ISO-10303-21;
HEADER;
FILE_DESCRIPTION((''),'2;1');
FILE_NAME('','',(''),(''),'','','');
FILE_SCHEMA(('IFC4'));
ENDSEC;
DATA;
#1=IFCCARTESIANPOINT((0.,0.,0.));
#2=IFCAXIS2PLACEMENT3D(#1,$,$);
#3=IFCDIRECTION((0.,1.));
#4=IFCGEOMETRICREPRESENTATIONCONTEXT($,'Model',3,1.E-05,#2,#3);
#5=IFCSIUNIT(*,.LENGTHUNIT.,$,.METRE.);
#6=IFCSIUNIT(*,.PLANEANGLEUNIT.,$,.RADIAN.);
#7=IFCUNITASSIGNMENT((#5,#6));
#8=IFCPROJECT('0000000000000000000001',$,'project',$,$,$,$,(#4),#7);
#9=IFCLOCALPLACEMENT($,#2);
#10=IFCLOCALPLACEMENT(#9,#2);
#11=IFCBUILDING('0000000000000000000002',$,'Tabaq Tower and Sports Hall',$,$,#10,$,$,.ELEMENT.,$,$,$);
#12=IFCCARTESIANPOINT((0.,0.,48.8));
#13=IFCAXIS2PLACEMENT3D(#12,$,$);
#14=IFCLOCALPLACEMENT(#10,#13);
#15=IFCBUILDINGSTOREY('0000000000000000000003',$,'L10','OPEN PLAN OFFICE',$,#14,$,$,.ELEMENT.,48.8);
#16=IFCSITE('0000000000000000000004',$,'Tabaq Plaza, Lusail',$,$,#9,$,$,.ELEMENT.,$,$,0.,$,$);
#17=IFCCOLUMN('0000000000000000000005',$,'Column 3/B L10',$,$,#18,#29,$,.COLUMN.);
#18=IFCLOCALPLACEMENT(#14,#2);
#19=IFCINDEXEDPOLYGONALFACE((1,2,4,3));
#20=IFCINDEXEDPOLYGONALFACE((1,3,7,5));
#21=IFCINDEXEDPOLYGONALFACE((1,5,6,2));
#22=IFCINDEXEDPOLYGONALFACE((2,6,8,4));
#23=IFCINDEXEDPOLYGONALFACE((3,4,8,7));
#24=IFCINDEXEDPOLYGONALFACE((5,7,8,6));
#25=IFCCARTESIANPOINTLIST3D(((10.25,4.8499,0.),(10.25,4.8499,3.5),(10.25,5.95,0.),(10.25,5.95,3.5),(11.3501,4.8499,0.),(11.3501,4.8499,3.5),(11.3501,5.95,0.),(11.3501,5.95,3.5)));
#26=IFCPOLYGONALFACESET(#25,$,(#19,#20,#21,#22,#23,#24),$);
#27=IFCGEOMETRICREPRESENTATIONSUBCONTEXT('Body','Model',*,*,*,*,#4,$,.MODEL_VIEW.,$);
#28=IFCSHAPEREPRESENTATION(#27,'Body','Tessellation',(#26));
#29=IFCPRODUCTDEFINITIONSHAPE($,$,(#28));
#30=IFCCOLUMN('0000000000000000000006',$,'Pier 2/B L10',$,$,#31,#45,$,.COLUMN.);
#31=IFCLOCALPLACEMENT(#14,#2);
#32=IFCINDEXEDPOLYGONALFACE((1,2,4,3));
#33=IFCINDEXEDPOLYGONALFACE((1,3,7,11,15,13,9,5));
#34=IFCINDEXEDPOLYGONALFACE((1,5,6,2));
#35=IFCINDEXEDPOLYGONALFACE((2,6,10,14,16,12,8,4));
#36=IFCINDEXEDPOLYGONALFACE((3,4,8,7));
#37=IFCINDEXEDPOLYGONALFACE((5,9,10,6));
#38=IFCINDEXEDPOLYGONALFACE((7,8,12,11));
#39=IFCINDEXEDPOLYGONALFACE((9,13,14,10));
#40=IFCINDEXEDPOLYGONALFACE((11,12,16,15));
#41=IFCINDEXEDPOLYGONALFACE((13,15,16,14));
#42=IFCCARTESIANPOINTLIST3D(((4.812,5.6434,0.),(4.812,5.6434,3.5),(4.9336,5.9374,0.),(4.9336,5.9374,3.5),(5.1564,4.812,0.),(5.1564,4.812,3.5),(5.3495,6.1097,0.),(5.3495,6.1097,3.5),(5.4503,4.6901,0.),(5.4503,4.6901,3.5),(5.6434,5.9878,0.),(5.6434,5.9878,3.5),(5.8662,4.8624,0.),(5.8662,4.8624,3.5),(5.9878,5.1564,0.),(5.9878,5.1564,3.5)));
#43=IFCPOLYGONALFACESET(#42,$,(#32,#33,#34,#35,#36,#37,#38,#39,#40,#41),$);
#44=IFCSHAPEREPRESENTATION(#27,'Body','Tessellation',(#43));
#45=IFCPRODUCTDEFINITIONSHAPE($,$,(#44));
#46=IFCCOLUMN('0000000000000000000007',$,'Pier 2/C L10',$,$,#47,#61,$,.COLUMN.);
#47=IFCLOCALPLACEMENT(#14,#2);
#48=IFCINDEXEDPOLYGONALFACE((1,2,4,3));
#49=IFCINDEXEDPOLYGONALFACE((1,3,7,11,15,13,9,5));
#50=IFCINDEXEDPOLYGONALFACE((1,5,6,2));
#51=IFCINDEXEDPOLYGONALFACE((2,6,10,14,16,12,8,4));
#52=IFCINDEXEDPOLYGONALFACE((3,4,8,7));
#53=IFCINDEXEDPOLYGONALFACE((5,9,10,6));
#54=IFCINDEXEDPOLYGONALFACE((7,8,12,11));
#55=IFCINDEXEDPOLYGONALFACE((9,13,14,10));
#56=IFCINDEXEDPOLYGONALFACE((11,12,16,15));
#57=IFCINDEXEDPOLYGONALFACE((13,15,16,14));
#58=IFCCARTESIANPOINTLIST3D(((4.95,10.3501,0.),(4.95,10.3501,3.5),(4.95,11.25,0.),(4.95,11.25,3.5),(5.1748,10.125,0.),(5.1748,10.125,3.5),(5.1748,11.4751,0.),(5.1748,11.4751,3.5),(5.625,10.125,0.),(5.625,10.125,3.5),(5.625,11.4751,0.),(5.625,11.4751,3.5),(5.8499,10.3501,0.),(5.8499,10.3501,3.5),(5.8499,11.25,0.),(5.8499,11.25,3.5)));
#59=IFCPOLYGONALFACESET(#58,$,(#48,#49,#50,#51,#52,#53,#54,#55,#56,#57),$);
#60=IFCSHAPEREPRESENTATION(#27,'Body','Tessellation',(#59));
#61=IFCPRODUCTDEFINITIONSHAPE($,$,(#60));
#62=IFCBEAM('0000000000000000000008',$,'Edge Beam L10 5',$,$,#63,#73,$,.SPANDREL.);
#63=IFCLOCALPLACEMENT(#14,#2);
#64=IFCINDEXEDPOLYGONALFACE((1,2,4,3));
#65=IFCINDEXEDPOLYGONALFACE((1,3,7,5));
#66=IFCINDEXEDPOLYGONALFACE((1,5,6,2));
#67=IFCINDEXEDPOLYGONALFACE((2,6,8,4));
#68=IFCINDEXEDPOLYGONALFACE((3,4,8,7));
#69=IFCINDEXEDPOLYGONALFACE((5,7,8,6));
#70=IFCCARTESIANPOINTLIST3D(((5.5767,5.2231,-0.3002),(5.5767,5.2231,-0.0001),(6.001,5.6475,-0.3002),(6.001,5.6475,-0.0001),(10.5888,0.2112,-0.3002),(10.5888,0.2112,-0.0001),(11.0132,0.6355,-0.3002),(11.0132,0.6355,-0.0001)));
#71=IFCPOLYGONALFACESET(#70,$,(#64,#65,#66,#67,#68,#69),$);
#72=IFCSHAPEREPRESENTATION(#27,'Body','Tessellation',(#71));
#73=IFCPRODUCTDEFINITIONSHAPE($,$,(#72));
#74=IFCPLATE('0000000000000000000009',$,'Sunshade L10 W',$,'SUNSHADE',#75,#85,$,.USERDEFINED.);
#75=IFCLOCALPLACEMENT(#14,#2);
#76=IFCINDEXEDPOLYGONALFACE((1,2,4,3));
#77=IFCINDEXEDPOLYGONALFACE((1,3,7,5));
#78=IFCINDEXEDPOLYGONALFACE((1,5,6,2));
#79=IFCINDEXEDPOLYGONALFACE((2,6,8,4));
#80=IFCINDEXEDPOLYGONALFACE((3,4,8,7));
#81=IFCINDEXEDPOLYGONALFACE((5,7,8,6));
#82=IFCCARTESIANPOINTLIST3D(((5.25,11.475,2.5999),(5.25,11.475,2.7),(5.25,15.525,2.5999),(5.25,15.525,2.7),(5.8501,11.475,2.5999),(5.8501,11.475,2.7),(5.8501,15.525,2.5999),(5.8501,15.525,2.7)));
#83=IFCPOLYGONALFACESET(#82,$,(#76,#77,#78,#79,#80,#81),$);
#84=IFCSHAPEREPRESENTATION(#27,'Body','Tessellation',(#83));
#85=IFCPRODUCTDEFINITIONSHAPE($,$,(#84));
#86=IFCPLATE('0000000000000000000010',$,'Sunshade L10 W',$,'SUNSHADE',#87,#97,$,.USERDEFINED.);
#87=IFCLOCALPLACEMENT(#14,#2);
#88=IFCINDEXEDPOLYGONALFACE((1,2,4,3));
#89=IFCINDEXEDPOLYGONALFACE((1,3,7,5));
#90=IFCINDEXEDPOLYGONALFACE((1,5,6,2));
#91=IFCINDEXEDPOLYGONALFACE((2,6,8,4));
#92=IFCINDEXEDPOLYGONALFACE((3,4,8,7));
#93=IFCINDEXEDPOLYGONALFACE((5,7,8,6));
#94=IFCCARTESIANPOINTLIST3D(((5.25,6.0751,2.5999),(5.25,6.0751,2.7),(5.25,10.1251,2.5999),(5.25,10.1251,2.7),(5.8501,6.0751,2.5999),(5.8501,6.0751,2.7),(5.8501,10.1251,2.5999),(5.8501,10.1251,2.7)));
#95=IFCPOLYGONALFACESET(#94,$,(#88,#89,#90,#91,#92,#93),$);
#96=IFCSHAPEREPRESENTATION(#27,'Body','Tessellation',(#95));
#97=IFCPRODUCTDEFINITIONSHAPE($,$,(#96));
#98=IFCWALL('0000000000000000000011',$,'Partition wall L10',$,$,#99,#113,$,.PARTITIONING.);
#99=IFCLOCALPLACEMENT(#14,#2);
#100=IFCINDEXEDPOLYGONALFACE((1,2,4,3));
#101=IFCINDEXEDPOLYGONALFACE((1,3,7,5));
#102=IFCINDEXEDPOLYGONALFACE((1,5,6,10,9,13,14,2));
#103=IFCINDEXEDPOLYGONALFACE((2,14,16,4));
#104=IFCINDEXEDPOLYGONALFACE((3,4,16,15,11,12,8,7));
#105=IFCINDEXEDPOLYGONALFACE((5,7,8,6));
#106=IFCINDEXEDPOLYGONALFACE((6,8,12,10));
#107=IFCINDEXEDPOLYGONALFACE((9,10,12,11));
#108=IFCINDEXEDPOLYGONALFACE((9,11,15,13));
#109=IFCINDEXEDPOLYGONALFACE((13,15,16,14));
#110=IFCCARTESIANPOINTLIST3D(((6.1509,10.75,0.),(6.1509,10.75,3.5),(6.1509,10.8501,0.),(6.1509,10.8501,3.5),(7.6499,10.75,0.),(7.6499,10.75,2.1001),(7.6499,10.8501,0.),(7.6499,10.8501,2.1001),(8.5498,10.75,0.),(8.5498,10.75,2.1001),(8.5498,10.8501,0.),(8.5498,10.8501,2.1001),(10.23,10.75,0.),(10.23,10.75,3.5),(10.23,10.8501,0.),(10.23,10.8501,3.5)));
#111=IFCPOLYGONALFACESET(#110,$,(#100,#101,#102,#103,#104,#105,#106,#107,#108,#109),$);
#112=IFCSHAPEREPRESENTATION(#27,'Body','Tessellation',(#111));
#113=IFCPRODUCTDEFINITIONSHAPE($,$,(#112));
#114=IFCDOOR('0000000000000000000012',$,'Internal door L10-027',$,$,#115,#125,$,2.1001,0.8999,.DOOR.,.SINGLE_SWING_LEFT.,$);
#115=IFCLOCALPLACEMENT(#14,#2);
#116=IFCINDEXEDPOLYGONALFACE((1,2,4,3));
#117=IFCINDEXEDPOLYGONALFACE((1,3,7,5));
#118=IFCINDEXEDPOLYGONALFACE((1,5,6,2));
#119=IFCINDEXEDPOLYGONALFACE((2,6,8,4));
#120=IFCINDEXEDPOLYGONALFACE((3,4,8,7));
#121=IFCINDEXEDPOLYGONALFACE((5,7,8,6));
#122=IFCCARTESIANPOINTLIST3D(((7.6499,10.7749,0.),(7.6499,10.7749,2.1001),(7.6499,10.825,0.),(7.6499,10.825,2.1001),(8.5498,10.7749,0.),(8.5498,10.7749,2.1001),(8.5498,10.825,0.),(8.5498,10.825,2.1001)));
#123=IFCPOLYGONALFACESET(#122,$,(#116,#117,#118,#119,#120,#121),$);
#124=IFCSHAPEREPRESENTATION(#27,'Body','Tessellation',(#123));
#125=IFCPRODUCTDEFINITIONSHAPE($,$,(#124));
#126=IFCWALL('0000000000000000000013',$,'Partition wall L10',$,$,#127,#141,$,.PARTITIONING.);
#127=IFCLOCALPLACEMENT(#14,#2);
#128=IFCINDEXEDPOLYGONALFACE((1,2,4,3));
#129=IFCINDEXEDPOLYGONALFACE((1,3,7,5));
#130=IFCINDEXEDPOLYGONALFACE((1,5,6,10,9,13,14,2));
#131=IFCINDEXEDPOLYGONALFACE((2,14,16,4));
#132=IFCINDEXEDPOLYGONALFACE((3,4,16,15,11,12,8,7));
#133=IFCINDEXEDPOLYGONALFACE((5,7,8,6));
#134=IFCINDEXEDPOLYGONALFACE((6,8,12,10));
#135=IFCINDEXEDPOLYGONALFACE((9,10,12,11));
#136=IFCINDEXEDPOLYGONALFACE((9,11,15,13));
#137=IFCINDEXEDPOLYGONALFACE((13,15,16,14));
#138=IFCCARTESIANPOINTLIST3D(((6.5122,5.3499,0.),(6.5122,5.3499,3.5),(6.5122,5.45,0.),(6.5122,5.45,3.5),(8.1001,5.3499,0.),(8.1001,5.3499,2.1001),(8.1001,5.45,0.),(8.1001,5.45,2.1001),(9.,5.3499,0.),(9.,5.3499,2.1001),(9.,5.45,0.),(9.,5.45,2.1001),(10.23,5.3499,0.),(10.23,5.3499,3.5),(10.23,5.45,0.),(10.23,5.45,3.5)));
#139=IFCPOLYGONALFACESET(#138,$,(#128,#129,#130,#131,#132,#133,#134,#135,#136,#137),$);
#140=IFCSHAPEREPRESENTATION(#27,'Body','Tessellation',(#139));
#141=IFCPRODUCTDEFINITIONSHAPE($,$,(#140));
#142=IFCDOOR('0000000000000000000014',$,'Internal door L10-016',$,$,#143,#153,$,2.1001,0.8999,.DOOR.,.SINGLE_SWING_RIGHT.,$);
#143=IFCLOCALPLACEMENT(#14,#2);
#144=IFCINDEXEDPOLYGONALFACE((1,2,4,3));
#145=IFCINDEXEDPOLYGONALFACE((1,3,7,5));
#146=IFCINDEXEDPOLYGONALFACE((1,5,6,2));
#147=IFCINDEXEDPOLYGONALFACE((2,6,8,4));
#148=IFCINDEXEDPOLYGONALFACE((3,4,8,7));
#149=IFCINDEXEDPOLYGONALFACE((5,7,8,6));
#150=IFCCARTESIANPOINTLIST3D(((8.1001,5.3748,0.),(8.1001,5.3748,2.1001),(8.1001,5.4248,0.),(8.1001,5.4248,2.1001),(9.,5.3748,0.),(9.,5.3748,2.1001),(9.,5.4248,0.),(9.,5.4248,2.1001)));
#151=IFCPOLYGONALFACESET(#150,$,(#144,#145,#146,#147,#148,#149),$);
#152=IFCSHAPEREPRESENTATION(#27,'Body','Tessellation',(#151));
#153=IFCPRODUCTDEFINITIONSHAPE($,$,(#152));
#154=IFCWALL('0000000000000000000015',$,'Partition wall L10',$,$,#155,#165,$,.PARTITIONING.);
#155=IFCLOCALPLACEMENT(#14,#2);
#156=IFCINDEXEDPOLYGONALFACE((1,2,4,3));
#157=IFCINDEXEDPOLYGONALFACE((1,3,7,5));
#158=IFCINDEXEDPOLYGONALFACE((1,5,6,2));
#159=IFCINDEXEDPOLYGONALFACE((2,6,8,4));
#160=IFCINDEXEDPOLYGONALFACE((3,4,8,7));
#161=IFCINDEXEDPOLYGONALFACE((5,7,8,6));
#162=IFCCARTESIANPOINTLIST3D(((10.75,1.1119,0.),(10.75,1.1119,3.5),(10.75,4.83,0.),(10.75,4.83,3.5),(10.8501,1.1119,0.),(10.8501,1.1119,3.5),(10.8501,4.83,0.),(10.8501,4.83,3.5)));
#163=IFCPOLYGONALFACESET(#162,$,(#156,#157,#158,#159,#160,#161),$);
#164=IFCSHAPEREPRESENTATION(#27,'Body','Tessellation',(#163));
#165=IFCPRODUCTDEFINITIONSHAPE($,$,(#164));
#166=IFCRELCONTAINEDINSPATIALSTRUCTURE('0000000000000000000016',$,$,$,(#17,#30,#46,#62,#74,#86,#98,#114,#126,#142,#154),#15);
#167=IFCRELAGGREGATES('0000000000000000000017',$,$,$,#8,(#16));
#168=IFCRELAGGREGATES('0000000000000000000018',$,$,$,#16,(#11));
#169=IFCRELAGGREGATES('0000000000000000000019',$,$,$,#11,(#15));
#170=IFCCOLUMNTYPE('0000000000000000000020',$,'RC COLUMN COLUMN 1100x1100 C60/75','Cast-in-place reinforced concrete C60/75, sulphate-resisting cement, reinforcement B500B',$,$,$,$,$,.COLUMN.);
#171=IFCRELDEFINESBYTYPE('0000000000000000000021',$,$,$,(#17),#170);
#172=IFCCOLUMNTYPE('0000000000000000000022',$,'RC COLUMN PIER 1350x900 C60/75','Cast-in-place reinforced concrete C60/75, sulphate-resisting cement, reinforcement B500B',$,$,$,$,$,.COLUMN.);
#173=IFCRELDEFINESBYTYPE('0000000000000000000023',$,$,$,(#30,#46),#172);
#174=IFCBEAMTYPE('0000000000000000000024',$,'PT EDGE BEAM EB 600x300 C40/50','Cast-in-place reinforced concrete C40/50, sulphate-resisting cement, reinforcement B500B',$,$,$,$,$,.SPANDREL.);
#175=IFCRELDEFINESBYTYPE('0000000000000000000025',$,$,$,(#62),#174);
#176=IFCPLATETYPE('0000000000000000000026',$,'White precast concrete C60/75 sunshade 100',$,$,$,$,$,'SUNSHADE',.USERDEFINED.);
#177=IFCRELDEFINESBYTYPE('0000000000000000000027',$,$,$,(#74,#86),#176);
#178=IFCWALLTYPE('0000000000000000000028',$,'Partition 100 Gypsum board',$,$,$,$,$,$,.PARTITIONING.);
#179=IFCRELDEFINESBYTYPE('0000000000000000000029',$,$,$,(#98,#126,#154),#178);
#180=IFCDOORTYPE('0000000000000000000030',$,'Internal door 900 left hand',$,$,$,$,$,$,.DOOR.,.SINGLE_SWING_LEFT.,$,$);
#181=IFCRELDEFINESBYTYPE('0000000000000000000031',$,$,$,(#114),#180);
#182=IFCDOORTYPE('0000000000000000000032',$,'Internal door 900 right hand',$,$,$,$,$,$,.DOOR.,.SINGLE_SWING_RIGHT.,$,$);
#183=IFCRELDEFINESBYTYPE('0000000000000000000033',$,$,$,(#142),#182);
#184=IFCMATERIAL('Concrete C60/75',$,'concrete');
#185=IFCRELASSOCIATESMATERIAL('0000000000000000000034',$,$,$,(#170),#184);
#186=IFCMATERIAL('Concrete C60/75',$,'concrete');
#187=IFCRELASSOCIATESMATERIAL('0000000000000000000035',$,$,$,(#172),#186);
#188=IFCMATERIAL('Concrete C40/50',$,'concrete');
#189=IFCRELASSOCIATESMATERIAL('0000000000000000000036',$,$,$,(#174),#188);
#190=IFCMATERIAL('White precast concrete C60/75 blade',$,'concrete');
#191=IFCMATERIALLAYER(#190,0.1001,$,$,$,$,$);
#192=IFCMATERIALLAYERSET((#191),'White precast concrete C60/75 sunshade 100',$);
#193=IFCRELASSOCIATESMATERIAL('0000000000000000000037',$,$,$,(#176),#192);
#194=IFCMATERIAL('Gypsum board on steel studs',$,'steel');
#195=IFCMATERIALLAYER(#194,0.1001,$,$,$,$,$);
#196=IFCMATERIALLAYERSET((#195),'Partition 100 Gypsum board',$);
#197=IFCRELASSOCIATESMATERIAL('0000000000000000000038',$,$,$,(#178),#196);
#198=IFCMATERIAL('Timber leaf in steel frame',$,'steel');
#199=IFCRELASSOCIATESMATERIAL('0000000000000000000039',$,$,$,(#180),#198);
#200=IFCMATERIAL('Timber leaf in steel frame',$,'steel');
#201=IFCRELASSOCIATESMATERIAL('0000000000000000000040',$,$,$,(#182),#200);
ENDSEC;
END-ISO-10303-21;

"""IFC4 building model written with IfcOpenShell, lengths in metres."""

from ifc_helpers import new_model, si_unit, direction, frame, frame_2d, origin, origin_2d, place, context, subcontext, project, spatial, polyline, rectangle, outline, extrude, material, layer, layer_set, material_profile, profile_set, type_object, element, fill, save


model = new_model("IFC4")

# Units and contexts
model_context = context("Model", 3, precision=1e-05, world=origin(), true_north=direction((0.0, 1.0)))
body_context = subcontext(model_context, "Body", "Model", "MODEL_VIEW")
ifc_project = project(units=[si_unit("LENGTHUNIT", "METRE"), si_unit("PLANEANGLEUNIT", "RADIAN")], contexts=[model_context])

# Site, building, storey
site_placement = place(None, origin())
site = spatial("IfcSite", under=ifc_project, at=site_placement, Name="Tabaq Plaza, Lusail", CompositionType="ELEMENT", RefElevation=0.0)
building_placement = place(site_placement, origin())
building = spatial("IfcBuilding", under=site, at=building_placement, Name="Tabaq Tower and Sports Hall", CompositionType="ELEMENT")
storey_placement = place(building_placement, frame((0.0, 0.0, 48.8)))
storey = spatial("IfcBuildingStorey", under=building, at=storey_placement, Name="L10", Description="OPEN PLAN OFFICE", CompositionType="ELEMENT", Elevation=48.8)

# Columns
ifc_material_1 = material(Name="Concrete C60/75", Category="concrete")
ifc_material_profile_1 = material_profile(ifc_material_1, rectangle(XDim=1.1001, YDim=1.1001, at=origin_2d()), Name="COLUMN 1100x1100")
ifc_profile_set_1 = profile_set([ifc_material_profile_1], Name="Concrete C60/75")
column_type_1 = type_object("IfcColumnType", Name="RC COLUMN COLUMN 1100x1100 C60/75", Description="Cast-in-place reinforced concrete C60/75, sulphate-resisting cement, reinforcement B500B", PredefinedType="COLUMN", material=ifc_profile_set_1)
column_placement = place(storey_placement, frame((10.8, 5.3999, 0.0), z_axis=(0.0, 0.0, 1.0), x_axis=(1.0, 0.0, 0.0)))
element("IfcColumn", 1, at=column_placement, inside=storey, type_object=column_type_1, Name="Column 3/B L10", PredefinedType="COLUMN", context=body_context, shape_type="SweptSolid", body=[
    extrude(rectangle(XDim=1.1001, YDim=1.1001, at=origin_2d()), origin(), (0.0, 0.0, 1.0), 3.5),
])
ifc_material_2 = material(Name="Concrete C60/75", Category="concrete")
ifc_material_profile_2 = material_profile(ifc_material_2, outline(polyline([(-0.45, -0.45), (0.45, -0.45), (0.675, -0.2251), (0.675, 0.2251), (0.45, 0.45), (-0.45, 0.45), (-0.675, 0.2251), (-0.675, -0.2251), (-0.45, -0.45)])), Name="PIER 1350x900")
ifc_profile_set_2 = profile_set([ifc_material_profile_2], Name="Concrete C60/75")
column_type_2 = type_object("IfcColumnType", Name="RC COLUMN PIER 1350x900 C60/75", Description="Cast-in-place reinforced concrete C60/75, sulphate-resisting cement, reinforcement B500B", PredefinedType="COLUMN", material=ifc_profile_set_2)
for number, where, z_axis, x_axis, name in (
    (2, (5.3999, 5.3999, 0.0), (0.0, 0.0, 1.0), (-0.382683, 0.92388, 0.0), "Pier 2/B L10"),
    (3, (5.3999, 10.8, 0.0), (0.0, 0.0, 1.0), (0.0, 1.0, 0.0), "Pier 2/C L10"),
):
    element("IfcColumn", number, at=place(storey_placement, frame(where, z_axis=z_axis, x_axis=x_axis)), inside=storey, type_object=column_type_2, Name=name, PredefinedType="COLUMN", context=body_context, shape_type="SweptSolid", body=[
        extrude(outline(polyline([(-0.45, -0.45), (0.45, -0.45), (0.675, -0.2251), (0.675, 0.2251), (0.45, 0.45), (-0.45, 0.45), (-0.675, 0.2251), (-0.675, -0.2251), (-0.45, -0.45)])), origin(), (0.0, 0.0, 1.0), 3.5),
    ])

# Beam
ifc_material_3 = material(Name="Concrete C40/50", Category="concrete")
ifc_material_profile_3 = material_profile(ifc_material_3, rectangle(XDim=0.6001, YDim=0.3, at=origin_2d()), Name="EB 600x300")
ifc_profile_set_3 = profile_set([ifc_material_profile_3], Name="Concrete C40/50")
beam_type = type_object("IfcBeamType", Name="PT EDGE BEAM EB 600x300 C40/50", Description="Cast-in-place reinforced concrete C40/50, sulphate-resisting cement, reinforcement B500B", PredefinedType="SPANDREL", material=ifc_profile_set_3)
beam_placement = place(storey_placement, frame((5.7888, 5.4353, -0.1501), z_axis=(0.707124, -0.70709, 0.0), x_axis=(0.70709, 0.707124, 0.0)))
element("IfcBeam", 4, at=beam_placement, inside=storey, type_object=beam_type, Name="Edge Beam L10 5", PredefinedType="SPANDREL", context=body_context, shape_type="SweptSolid", body=[
    extrude(rectangle(XDim=0.6001, YDim=0.3, at=origin_2d()), origin(), (0.0, 0.0, 1.0), 7.0881),
])

# Plates
ifc_material_4 = material(Name="White precast concrete C60/75 blade", Category="concrete")
ifc_layer_1 = layer(ifc_material_4, 0.1001)
ifc_layer_set_1 = layer_set([ifc_layer_1], Name="White precast concrete C60/75 sunshade 100")
plate_type = type_object("IfcPlateType", Name="White precast concrete C60/75 sunshade 100", ElementType="SUNSHADE", PredefinedType="USERDEFINED", material=ifc_layer_set_1)
for number, where, z_axis, x_axis, name in (
    (5, (5.55, 13.5, 2.5999), (0.0, 0.0, 1.0), (0.0, -1.0, 0.0), "Sunshade L10 W"),
    (6, (5.55, 8.1001, 2.5999), (0.0, 0.0, 1.0), (0.0, -1.0, 0.0), "Sunshade L10 W"),
):
    element("IfcPlate", number, at=place(storey_placement, frame(where, z_axis=z_axis, x_axis=x_axis)), inside=storey, type_object=plate_type, Name=name, ObjectType="SUNSHADE", PredefinedType="USERDEFINED", context=body_context, shape_type="SweptSolid", body=[
        extrude(rectangle(XDim=4.05, YDim=0.6001, at=origin_2d()), origin(), (0.0, 0.0, 1.0), 0.1001),
    ])

# Walls, openings, doors
ifc_material_5 = material(Name="Gypsum board on steel studs", Category="steel")
ifc_layer_2 = layer(ifc_material_5, 0.1001)
ifc_layer_set_2 = layer_set([ifc_layer_2], Name="Partition 100 Gypsum board")
wall_type_1 = type_object("IfcWallType", Name="Partition 100 Gypsum board", PredefinedType="PARTITIONING", material=ifc_layer_set_2)
wall_1_placement = place(storey_placement, frame((6.1509, 10.8, 0.0), z_axis=(0.0, 0.0, 1.0), x_axis=(1.0, 0.0, 0.0)))
wall_1 = element("IfcWall", 7, at=wall_1_placement, inside=storey, type_object=wall_type_1, Name="Partition wall L10", PredefinedType="PARTITIONING", context=body_context, shape_type="SweptSolid", body=[
    extrude(rectangle(XDim=4.0791, YDim=0.1001, at=frame_2d((2.0396, 0.0))), origin(), (0.0, 0.0, 1.0), 3.5),
])
opening_1_placement = place(wall_1_placement, frame((1.499, 0.0, 0.0)))
opening_1 = element("IfcOpeningElement", 8, at=opening_1_placement, cuts=wall_1, PredefinedType="OPENING", context=body_context, shape_type="SweptSolid", body=[
    extrude(rectangle(XDim=0.8999, YDim=2.1001, at=frame_2d((0.45, 1.05))), frame((0.0, 0.05, 0.0), z_axis=(0.0, -1.0, 0.0), x_axis=(1.0, 0.0, 0.0)), (0.0, 0.0, 1.0), 0.1001),
])
ifc_material_6 = material(Name="Timber leaf in steel frame", Category="steel")
door_type_1 = type_object("IfcDoorType", Name="Internal door 900 left hand", OperationType="SINGLE_SWING_LEFT", PredefinedType="DOOR", material=ifc_material_6)
door_1_placement = place(opening_1_placement, origin())
door_1 = element("IfcDoor", 9, at=door_1_placement, inside=storey, type_object=door_type_1, Name="Internal door L10-027", OperationType="SINGLE_SWING_LEFT", OverallHeight=2.1001, OverallWidth=0.8999, PredefinedType="DOOR", context=body_context, shape_type="SweptSolid", body=[
    extrude(rectangle(XDim=0.8999, YDim=2.1001, at=frame_2d((0.45, 1.05))), frame((0.0, 0.0249, 0.0), z_axis=(0.0, -1.0, 0.0), x_axis=(1.0, 0.0, 0.0)), (0.0, 0.0, 1.0), 0.05),
])
fill(opening_1, door_1)
wall_2_placement = place(storey_placement, frame((6.5122, 5.3999, 0.0), z_axis=(0.0, 0.0, 1.0), x_axis=(1.0, 0.0, 0.0)))
wall_2 = element("IfcWall", 10, at=wall_2_placement, inside=storey, type_object=wall_type_1, Name="Partition wall L10", PredefinedType="PARTITIONING", context=body_context, shape_type="SweptSolid", body=[
    extrude(rectangle(XDim=3.7178, YDim=0.1001, at=frame_2d((1.8589, 0.0))), origin(), (0.0, 0.0, 1.0), 3.5),
])
opening_2_placement = place(wall_2_placement, frame((1.5879, 0.0, 0.0)))
opening_2 = element("IfcOpeningElement", 11, at=opening_2_placement, cuts=wall_2, PredefinedType="OPENING", context=body_context, shape_type="SweptSolid", body=[
    extrude(rectangle(XDim=0.8999, YDim=2.1001, at=frame_2d((0.45, 1.05))), frame((0.0, 0.05, 0.0), z_axis=(0.0, -1.0, 0.0), x_axis=(1.0, 0.0, 0.0)), (0.0, 0.0, 1.0), 0.1001),
])
ifc_material_7 = material(Name="Timber leaf in steel frame", Category="steel")
door_type_2 = type_object("IfcDoorType", Name="Internal door 900 right hand", OperationType="SINGLE_SWING_RIGHT", PredefinedType="DOOR", material=ifc_material_7)
door_2_placement = place(opening_2_placement, origin())
door_2 = element("IfcDoor", 12, at=door_2_placement, inside=storey, type_object=door_type_2, Name="Internal door L10-016", OperationType="SINGLE_SWING_RIGHT", OverallHeight=2.1001, OverallWidth=0.8999, PredefinedType="DOOR", context=body_context, shape_type="SweptSolid", body=[
    extrude(rectangle(XDim=0.8999, YDim=2.1001, at=frame_2d((0.45, 1.05))), frame((0.0, 0.0249, 0.0), z_axis=(0.0, -1.0, 0.0), x_axis=(1.0, 0.0, 0.0)), (0.0, 0.0, 1.0), 0.05),
])
fill(opening_2, door_2)

# Wall
wall_3_placement = place(storey_placement, frame((10.8, 1.1121, 0.0), z_axis=(0.0, 0.0, 1.0), x_axis=(0.0, 1.0, 0.0)))
element("IfcWall", 13, at=wall_3_placement, inside=storey, type_object=wall_type_1, Name="Partition wall L10", PredefinedType="PARTITIONING", context=body_context, shape_type="SweptSolid", body=[
    extrude(rectangle(XDim=3.718, YDim=0.1001, at=frame_2d((1.8589, 0.0))), origin(), (0.0, 0.0, 1.0), 3.5),
])

save(model, "model.ifc")
